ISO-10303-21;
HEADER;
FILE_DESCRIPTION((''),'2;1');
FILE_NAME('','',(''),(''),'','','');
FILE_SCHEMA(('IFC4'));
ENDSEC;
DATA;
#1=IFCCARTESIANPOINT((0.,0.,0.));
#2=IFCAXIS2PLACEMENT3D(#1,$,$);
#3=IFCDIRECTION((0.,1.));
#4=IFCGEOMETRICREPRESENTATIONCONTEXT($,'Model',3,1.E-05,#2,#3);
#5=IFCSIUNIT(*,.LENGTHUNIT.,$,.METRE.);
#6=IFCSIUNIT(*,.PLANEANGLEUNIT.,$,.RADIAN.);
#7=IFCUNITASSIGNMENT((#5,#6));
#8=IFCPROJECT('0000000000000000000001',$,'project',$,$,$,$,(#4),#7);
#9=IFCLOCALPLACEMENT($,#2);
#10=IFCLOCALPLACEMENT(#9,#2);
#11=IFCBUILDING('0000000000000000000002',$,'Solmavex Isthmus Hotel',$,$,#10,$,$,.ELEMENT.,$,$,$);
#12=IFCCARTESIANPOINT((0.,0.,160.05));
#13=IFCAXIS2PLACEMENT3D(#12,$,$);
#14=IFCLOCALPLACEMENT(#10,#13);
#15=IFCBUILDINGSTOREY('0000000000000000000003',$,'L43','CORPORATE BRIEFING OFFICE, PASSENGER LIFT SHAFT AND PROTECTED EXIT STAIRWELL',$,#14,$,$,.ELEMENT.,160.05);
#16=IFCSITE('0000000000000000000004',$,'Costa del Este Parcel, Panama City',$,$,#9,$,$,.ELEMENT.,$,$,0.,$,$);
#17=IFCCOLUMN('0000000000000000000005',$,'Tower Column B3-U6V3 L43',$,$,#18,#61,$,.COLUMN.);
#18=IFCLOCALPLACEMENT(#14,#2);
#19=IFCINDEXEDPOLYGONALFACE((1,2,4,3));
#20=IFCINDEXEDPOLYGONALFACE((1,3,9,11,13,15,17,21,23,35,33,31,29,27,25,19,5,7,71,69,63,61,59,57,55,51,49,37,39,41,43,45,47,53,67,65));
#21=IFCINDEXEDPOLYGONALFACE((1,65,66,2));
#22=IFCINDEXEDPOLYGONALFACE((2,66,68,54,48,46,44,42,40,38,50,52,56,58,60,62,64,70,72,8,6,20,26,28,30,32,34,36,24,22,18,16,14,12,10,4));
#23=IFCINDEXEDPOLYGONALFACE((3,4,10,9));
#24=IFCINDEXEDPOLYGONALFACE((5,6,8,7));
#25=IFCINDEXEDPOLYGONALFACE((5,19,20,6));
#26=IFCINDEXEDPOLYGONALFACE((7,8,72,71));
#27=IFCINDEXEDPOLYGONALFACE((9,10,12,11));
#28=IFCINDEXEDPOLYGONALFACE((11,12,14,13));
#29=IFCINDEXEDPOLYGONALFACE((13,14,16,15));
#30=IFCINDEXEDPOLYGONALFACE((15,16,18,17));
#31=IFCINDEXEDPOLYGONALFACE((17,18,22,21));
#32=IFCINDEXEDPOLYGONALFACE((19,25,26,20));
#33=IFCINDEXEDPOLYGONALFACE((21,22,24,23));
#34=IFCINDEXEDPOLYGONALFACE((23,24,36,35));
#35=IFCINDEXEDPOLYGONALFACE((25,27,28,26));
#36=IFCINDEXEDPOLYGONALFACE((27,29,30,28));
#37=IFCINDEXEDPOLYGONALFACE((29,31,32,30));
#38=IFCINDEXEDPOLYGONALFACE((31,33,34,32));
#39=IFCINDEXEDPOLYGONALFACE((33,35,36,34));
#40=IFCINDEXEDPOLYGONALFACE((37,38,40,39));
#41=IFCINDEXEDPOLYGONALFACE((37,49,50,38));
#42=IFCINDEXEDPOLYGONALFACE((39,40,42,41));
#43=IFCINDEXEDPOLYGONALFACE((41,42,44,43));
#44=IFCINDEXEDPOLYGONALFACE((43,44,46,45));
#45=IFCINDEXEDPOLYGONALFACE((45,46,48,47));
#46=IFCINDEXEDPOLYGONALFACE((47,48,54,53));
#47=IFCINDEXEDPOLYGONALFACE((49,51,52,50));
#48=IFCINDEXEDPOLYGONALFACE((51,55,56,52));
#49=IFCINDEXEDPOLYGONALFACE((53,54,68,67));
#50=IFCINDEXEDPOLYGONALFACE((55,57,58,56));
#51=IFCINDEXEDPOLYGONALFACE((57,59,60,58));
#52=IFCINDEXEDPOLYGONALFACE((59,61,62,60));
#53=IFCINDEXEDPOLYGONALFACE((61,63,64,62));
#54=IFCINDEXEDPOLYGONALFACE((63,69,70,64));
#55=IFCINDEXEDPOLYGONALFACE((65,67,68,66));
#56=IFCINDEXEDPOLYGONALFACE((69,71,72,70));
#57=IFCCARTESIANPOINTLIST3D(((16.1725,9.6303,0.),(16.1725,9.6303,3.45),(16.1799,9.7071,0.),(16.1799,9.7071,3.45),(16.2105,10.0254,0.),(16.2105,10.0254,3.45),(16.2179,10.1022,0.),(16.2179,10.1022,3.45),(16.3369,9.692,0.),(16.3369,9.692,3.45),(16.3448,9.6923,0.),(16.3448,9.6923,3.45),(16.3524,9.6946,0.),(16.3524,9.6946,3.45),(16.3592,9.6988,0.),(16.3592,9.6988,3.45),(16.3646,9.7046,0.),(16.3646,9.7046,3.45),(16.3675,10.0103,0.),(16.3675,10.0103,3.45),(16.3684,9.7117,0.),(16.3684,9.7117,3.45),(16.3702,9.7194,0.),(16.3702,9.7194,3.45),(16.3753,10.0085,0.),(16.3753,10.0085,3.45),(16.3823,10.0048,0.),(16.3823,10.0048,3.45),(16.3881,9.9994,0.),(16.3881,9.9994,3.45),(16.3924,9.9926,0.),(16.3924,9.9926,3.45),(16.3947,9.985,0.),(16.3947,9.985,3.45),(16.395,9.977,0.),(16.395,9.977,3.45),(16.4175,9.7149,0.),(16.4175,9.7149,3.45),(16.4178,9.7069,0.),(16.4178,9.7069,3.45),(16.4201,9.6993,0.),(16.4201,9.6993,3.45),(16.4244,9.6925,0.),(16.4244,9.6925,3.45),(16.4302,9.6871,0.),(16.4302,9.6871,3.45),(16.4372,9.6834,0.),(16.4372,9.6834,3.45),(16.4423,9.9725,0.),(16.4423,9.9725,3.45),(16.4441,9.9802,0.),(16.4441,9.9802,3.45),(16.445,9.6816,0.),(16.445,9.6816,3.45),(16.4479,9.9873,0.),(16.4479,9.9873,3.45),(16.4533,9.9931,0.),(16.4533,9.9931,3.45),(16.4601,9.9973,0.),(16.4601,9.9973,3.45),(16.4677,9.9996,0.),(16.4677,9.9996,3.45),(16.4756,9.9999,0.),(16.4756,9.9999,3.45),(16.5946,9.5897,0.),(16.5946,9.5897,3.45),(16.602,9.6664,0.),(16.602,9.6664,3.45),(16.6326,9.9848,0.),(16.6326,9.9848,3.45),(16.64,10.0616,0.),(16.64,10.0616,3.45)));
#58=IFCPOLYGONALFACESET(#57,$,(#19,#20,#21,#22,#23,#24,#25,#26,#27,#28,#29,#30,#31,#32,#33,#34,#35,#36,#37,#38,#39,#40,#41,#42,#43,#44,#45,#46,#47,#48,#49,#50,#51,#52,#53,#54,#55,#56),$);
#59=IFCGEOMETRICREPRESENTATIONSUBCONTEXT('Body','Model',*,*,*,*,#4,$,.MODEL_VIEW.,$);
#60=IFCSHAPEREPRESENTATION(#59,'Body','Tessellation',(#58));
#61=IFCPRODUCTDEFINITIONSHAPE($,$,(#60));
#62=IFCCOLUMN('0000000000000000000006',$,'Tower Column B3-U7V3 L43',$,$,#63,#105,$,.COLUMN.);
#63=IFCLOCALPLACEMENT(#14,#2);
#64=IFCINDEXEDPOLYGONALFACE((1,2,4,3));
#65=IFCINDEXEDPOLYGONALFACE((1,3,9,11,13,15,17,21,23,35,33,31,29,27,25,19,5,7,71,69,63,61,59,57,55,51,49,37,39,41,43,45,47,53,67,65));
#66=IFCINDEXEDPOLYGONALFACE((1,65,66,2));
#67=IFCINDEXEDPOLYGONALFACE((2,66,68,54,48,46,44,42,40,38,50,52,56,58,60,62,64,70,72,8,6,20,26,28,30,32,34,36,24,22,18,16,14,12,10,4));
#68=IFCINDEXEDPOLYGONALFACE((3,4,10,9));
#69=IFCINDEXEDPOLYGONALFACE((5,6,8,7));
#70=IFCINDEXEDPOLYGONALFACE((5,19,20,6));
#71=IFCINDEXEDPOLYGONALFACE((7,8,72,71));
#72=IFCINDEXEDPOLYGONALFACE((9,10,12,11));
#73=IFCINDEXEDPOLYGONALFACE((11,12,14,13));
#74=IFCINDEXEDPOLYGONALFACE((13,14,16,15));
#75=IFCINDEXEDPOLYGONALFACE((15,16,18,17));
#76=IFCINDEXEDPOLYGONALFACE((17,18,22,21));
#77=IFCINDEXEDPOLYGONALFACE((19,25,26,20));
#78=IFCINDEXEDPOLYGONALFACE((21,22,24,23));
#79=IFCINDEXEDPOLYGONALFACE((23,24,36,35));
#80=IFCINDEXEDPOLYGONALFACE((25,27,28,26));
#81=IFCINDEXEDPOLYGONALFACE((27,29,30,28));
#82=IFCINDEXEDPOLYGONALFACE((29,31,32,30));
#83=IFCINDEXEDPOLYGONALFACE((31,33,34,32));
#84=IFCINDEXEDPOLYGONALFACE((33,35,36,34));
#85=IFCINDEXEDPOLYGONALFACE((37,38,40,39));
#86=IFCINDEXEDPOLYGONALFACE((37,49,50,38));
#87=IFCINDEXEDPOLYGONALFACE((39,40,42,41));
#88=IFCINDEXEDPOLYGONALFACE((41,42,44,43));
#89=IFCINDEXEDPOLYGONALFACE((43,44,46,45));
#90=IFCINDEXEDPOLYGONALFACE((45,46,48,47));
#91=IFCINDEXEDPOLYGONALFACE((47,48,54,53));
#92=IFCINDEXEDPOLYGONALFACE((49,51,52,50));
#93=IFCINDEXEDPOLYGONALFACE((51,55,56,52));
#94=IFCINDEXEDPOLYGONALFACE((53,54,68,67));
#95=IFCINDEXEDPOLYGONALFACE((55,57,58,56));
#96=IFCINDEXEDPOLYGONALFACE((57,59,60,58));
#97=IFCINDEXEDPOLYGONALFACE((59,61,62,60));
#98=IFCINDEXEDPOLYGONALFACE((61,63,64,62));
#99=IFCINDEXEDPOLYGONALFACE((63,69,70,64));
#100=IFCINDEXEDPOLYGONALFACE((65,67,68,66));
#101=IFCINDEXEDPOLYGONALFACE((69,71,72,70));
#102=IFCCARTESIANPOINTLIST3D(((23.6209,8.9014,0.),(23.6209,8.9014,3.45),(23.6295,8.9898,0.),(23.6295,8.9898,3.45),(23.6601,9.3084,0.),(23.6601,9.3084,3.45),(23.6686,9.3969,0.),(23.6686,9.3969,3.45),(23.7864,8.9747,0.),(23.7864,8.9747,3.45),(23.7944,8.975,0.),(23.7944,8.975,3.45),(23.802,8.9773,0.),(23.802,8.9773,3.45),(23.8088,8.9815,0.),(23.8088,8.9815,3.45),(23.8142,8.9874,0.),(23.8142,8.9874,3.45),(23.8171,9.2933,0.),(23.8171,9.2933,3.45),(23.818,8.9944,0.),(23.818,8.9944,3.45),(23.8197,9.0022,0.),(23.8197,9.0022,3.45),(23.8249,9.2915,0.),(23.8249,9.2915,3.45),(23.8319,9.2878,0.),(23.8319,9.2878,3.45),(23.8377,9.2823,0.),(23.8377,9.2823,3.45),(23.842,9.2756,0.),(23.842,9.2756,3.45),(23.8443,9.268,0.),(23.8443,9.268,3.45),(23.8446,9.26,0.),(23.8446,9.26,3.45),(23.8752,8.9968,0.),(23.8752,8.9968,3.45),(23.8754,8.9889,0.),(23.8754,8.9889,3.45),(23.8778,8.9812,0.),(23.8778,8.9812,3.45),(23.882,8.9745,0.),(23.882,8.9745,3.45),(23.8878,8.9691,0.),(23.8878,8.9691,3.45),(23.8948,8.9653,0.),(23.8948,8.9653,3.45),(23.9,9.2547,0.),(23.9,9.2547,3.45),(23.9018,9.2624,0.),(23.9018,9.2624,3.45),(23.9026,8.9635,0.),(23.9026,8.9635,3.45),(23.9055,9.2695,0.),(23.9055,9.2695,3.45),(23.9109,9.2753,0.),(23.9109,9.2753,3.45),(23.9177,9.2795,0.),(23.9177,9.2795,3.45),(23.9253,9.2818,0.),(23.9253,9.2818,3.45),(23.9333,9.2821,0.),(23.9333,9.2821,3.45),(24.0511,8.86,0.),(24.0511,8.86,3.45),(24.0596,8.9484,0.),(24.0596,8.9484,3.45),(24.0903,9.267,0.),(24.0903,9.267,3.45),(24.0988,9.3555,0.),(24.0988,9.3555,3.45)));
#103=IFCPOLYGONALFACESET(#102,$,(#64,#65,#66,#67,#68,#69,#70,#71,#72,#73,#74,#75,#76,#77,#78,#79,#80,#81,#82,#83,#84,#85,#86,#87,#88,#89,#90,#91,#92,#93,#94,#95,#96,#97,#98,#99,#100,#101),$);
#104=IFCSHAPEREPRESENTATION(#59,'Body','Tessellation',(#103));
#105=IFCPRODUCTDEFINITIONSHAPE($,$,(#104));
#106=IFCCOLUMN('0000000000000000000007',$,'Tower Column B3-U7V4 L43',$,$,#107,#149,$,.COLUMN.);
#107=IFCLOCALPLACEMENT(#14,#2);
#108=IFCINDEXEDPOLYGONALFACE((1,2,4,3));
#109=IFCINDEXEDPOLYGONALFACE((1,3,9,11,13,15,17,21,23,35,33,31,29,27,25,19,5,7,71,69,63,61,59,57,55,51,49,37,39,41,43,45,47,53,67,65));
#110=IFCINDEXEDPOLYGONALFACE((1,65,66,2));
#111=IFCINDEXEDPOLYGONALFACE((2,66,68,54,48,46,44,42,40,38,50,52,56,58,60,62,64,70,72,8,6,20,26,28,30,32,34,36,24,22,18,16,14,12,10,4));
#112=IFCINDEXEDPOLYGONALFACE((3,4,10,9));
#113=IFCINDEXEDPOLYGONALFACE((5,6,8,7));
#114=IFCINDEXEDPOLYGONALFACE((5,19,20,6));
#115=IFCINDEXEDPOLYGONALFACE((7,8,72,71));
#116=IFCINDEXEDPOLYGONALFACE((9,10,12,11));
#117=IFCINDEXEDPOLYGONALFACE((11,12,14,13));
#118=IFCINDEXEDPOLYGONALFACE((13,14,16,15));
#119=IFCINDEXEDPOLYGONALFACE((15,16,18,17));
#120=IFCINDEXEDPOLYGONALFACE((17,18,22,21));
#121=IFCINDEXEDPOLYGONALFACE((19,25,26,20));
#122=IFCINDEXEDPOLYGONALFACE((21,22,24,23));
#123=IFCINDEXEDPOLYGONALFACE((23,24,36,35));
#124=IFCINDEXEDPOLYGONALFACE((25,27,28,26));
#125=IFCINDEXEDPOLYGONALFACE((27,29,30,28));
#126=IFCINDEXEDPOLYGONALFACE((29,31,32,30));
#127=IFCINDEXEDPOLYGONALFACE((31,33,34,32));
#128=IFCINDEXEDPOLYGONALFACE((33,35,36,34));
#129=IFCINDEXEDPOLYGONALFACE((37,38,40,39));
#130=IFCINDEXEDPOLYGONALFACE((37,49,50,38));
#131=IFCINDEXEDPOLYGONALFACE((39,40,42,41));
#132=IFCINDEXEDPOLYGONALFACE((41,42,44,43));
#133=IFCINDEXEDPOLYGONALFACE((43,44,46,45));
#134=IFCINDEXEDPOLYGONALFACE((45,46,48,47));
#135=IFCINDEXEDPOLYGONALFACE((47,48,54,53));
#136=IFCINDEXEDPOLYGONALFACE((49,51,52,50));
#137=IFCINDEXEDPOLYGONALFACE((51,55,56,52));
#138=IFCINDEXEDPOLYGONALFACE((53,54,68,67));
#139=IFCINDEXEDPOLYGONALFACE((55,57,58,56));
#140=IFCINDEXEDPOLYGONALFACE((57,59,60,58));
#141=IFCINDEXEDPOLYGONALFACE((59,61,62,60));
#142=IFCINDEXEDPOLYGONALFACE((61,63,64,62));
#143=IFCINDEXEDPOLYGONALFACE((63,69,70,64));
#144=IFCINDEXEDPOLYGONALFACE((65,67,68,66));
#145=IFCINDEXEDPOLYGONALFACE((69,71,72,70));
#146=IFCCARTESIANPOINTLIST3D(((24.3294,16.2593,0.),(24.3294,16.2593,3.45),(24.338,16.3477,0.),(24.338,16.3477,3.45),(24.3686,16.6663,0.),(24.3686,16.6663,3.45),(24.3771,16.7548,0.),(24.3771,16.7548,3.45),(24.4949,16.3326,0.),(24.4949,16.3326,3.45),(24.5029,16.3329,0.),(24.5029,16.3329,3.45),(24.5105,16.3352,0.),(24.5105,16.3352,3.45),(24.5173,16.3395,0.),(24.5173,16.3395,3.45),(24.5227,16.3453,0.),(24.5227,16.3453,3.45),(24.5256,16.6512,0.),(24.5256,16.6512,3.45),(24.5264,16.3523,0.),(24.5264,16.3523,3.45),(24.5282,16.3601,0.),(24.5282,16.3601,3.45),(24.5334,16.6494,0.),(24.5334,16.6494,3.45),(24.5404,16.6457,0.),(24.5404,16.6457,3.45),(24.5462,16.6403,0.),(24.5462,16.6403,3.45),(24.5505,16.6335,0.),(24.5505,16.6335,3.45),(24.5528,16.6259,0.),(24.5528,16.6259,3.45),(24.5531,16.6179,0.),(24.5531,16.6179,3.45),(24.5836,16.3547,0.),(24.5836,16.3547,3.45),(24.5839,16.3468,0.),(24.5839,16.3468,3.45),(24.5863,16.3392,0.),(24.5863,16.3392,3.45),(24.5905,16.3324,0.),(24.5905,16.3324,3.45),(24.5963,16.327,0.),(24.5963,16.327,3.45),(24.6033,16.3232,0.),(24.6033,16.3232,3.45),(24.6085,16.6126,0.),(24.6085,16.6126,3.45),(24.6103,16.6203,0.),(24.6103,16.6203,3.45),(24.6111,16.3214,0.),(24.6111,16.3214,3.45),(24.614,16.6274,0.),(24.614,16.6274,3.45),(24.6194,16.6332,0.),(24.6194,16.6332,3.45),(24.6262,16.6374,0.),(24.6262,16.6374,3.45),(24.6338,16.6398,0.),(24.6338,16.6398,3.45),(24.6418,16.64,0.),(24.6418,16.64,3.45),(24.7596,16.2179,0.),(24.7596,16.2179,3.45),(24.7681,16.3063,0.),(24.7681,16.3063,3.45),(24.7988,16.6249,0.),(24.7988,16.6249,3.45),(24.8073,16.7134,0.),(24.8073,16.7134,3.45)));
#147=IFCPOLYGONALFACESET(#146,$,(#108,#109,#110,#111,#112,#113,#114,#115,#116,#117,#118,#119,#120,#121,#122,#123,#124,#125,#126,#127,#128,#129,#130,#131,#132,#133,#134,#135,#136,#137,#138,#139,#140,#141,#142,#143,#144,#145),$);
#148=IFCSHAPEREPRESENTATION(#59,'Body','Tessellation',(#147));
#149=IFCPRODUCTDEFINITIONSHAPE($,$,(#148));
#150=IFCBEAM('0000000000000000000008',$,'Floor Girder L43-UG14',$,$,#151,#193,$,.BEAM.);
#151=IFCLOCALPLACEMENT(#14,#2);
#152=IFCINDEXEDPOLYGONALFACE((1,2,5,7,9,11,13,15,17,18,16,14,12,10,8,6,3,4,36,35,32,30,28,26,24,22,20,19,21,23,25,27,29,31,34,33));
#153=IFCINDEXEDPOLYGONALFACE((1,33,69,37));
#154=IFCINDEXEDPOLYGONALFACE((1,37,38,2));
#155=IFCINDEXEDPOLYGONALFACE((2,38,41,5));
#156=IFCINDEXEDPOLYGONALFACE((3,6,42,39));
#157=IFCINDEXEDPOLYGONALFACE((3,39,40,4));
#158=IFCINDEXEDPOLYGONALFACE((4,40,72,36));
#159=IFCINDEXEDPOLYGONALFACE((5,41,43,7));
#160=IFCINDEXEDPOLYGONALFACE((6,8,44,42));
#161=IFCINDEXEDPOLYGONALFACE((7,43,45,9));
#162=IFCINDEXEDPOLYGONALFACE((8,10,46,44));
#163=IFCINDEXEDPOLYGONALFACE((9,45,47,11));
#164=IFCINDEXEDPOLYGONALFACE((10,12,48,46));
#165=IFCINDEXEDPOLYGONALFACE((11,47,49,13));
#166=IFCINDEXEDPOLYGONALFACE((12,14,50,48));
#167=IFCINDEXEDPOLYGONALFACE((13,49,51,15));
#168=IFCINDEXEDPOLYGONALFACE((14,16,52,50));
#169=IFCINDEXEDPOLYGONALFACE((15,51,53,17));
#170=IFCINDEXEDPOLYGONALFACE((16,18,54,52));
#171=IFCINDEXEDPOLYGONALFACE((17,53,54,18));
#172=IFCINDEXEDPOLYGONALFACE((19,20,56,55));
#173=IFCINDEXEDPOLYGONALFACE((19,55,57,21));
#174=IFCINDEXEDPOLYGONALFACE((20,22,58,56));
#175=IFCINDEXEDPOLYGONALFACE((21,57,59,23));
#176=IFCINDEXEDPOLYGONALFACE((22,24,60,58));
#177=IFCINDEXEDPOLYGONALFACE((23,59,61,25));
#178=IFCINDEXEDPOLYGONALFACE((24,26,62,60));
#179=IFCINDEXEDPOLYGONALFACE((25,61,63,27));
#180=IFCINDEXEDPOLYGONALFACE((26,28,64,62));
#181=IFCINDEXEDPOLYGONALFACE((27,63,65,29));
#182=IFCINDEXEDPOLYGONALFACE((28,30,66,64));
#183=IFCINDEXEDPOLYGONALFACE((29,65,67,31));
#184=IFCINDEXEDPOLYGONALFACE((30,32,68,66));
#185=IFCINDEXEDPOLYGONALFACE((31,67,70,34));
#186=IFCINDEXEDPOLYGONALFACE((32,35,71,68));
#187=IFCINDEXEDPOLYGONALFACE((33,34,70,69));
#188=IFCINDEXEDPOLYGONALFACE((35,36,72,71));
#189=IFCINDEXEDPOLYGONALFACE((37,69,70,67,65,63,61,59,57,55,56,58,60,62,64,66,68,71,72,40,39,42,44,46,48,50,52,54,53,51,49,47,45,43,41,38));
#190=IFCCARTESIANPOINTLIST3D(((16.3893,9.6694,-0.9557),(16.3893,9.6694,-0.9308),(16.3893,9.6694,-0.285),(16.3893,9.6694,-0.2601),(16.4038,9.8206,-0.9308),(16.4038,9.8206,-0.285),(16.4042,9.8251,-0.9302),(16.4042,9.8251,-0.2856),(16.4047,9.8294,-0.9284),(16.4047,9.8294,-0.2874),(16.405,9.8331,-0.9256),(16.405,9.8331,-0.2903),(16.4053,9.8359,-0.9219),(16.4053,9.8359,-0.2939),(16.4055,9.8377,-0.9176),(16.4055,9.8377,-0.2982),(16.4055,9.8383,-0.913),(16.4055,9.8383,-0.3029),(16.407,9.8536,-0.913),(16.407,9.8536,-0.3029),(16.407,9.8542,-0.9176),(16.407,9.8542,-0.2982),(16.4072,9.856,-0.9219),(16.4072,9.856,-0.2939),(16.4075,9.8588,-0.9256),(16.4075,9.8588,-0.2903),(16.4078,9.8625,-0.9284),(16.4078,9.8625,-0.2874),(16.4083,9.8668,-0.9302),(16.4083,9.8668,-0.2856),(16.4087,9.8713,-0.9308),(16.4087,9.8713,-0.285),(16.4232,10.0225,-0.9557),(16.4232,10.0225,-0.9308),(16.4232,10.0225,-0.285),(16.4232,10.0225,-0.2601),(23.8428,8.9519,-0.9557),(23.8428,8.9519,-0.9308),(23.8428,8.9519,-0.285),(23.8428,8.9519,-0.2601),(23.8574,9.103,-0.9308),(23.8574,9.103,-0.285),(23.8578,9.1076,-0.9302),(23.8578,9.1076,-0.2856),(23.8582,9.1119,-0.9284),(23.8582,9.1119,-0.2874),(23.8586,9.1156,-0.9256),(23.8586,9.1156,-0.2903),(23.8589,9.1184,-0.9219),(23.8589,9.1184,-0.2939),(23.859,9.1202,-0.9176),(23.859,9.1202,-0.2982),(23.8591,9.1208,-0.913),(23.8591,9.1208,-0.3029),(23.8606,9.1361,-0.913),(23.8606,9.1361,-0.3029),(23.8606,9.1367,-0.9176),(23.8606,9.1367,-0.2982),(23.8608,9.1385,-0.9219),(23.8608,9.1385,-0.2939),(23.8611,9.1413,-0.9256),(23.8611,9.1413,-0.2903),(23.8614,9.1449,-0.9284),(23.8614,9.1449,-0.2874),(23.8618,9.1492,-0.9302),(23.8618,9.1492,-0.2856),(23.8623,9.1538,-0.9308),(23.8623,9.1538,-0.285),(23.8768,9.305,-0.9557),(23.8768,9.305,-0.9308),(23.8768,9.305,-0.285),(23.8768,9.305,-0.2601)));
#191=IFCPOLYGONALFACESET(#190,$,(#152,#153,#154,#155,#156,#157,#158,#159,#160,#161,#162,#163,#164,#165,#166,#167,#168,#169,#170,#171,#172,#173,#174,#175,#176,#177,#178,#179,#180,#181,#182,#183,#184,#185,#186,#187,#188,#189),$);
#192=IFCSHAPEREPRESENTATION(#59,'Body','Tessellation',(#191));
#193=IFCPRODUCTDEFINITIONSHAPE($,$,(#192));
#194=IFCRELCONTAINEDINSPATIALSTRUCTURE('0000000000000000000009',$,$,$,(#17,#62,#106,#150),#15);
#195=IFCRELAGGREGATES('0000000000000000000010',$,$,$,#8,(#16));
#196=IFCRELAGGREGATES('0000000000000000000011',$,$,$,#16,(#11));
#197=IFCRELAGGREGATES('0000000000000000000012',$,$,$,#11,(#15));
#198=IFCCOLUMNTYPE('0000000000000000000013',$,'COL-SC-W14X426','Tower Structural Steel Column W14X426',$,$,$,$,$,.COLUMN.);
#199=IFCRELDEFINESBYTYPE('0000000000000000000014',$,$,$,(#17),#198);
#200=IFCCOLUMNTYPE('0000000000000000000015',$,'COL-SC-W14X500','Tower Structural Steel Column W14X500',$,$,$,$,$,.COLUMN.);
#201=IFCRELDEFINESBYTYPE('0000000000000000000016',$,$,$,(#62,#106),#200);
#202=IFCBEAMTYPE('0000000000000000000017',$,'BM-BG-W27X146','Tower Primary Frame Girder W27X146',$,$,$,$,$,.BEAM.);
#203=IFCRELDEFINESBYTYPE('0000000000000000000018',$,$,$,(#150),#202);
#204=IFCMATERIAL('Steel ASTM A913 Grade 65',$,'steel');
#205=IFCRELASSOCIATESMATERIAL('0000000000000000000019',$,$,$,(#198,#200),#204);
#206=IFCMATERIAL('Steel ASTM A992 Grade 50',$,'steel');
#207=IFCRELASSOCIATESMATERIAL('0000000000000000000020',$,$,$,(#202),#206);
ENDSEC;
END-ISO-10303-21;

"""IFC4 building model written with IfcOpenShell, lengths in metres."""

from ifc_helpers import new_model, si_unit, direction, frame, origin, origin_2d, place, context, subcontext, project, spatial, i_section, extrude, material, material_profile, profile_set, type_object, element, save


model = new_model("IFC4")

# Units and contexts
model_context = context("Model", 3, precision=1e-05, world=origin(), true_north=direction((0.0, 1.0)))
body_context = subcontext(model_context, "Body", "Model", "MODEL_VIEW")
ifc_project = project(units=[si_unit("LENGTHUNIT", "METRE"), si_unit("PLANEANGLEUNIT", "RADIAN")], contexts=[model_context])

# Site, building, storey
site_placement = place(None, origin())
site = spatial("IfcSite", under=ifc_project, at=site_placement, Name="Costa del Este Parcel, Panama City", CompositionType="ELEMENT", RefElevation=0.0)
building_placement = place(site_placement, origin())
building = spatial("IfcBuilding", under=site, at=building_placement, Name="Solmavex Isthmus Hotel", CompositionType="ELEMENT")
storey_placement = place(building_placement, frame((0.0, 0.0, 160.05)))
storey = spatial("IfcBuildingStorey", under=building, at=storey_placement, Name="L43", Description="CORPORATE BRIEFING OFFICE, PASSENGER LIFT SHAFT AND PROTECTED EXIT STAIRWELL", CompositionType="ELEMENT", Elevation=160.05)

# Columns
ifc_material_1 = material(Name="Steel ASTM A913 Grade 65", Category="steel")
ifc_material_profile_1 = material_profile(ifc_material_1, i_section(OverallWidth=0.4241, OverallDepth=0.4741, WebThickness=0.0476, FlangeThickness=0.0771, FilletRadius=0.0305, at=origin_2d()), Name="W14X426")
ifc_profile_set_1 = profile_set([ifc_material_profile_1], Name="Steel ASTM A913 Grade 65")
column_type_1 = type_object("IfcColumnType", Name="COL-SC-W14X426", Description="Tower Structural Steel Column W14X426", PredefinedType="COLUMN", material=ifc_profile_set_1)
column_placement = place(storey_placement, frame((16.4062, 9.8459, 0.0), z_axis=(0.0, 0.0, 1.0), x_axis=(0.995396, -0.095846, 0.0)))
element("IfcColumn", 1, at=column_placement, inside=storey, type_object=column_type_1, Name="Tower Column B3-U6V3 L43", PredefinedType="COLUMN", context=body_context, shape_type="SweptSolid", body=[
    extrude(i_section(OverallWidth=0.4241, OverallDepth=0.4741, WebThickness=0.0476, FlangeThickness=0.0771, FilletRadius=0.0305, at=origin_2d()), origin(), (0.0, 0.0, 1.0), 3.45),
])
ifc_material_profile_2 = material_profile(ifc_material_1, i_section(OverallWidth=0.4321, OverallDepth=0.4978, WebThickness=0.0557, FlangeThickness=0.0889, FilletRadius=0.0305, at=origin_2d()), Name="W14X500")
ifc_profile_set_2 = profile_set([ifc_material_profile_2], Name="Steel ASTM A913 Grade 65")
column_type_2 = type_object("IfcColumnType", Name="COL-SC-W14X500", Description="Tower Structural Steel Column W14X500", PredefinedType="COLUMN", material=ifc_profile_set_2)
for number, where, z_axis, x_axis, name in (
    (2, (23.8599, 9.1284, 0.0), (0.0, 0.0, 1.0), (0.995396, -0.095846, 0.0), "Tower Column B3-U7V3 L43"),
    (3, (24.5684, 16.4863, 0.0), (0.0, 0.0, 1.0), (0.995396, -0.095846, 0.0), "Tower Column B3-U7V4 L43"),
):
    element("IfcColumn", number, at=place(storey_placement, frame(where, z_axis=z_axis, x_axis=x_axis)), inside=storey, type_object=column_type_2, Name=name, PredefinedType="COLUMN", context=body_context, shape_type="SweptSolid", body=[
        extrude(i_section(OverallWidth=0.4321, OverallDepth=0.4978, WebThickness=0.0557, FlangeThickness=0.0889, FilletRadius=0.0305, at=origin_2d()), origin(), (0.0, 0.0, 1.0), 3.45),
    ])

# Beam
ifc_material_2 = material(Name="Steel ASTM A992 Grade 50", Category="steel")
ifc_material_profile_3 = material_profile(ifc_material_2, i_section(OverallWidth=0.3547, OverallDepth=0.6956, WebThickness=0.0154, FlangeThickness=0.0249, FilletRadius=0.0178, at=origin_2d()), Name="W27X146")
ifc_profile_set_3 = profile_set([ifc_material_profile_3], Name="Steel ASTM A992 Grade 50")
beam_type_1 = type_object("IfcBeamType", Name="BM-BG-W27X146", Description="Tower Primary Frame Girder W27X146", PredefinedType="BEAM", material=ifc_profile_set_3)
beam_1_placement = place(storey_placement, frame((16.4062, 9.8459, -0.6079), z_axis=(0.995398, -0.095823, 0.0), x_axis=(0.095823, 0.995398, 0.0)))
element("IfcBeam", 4, at=beam_1_placement, inside=storey, type_object=beam_type_1, Name="Floor Girder L43-UG14", PredefinedType="BEAM", context=body_context, shape_type="SweptSolid", body=[
    extrude(i_section(OverallWidth=0.3547, OverallDepth=0.6956, WebThickness=0.0154, FlangeThickness=0.0249, FilletRadius=0.0178, at=origin_2d()), origin(), (0.0, 0.0, 1.0), 7.488),
])

save(model, "model.ifc")
